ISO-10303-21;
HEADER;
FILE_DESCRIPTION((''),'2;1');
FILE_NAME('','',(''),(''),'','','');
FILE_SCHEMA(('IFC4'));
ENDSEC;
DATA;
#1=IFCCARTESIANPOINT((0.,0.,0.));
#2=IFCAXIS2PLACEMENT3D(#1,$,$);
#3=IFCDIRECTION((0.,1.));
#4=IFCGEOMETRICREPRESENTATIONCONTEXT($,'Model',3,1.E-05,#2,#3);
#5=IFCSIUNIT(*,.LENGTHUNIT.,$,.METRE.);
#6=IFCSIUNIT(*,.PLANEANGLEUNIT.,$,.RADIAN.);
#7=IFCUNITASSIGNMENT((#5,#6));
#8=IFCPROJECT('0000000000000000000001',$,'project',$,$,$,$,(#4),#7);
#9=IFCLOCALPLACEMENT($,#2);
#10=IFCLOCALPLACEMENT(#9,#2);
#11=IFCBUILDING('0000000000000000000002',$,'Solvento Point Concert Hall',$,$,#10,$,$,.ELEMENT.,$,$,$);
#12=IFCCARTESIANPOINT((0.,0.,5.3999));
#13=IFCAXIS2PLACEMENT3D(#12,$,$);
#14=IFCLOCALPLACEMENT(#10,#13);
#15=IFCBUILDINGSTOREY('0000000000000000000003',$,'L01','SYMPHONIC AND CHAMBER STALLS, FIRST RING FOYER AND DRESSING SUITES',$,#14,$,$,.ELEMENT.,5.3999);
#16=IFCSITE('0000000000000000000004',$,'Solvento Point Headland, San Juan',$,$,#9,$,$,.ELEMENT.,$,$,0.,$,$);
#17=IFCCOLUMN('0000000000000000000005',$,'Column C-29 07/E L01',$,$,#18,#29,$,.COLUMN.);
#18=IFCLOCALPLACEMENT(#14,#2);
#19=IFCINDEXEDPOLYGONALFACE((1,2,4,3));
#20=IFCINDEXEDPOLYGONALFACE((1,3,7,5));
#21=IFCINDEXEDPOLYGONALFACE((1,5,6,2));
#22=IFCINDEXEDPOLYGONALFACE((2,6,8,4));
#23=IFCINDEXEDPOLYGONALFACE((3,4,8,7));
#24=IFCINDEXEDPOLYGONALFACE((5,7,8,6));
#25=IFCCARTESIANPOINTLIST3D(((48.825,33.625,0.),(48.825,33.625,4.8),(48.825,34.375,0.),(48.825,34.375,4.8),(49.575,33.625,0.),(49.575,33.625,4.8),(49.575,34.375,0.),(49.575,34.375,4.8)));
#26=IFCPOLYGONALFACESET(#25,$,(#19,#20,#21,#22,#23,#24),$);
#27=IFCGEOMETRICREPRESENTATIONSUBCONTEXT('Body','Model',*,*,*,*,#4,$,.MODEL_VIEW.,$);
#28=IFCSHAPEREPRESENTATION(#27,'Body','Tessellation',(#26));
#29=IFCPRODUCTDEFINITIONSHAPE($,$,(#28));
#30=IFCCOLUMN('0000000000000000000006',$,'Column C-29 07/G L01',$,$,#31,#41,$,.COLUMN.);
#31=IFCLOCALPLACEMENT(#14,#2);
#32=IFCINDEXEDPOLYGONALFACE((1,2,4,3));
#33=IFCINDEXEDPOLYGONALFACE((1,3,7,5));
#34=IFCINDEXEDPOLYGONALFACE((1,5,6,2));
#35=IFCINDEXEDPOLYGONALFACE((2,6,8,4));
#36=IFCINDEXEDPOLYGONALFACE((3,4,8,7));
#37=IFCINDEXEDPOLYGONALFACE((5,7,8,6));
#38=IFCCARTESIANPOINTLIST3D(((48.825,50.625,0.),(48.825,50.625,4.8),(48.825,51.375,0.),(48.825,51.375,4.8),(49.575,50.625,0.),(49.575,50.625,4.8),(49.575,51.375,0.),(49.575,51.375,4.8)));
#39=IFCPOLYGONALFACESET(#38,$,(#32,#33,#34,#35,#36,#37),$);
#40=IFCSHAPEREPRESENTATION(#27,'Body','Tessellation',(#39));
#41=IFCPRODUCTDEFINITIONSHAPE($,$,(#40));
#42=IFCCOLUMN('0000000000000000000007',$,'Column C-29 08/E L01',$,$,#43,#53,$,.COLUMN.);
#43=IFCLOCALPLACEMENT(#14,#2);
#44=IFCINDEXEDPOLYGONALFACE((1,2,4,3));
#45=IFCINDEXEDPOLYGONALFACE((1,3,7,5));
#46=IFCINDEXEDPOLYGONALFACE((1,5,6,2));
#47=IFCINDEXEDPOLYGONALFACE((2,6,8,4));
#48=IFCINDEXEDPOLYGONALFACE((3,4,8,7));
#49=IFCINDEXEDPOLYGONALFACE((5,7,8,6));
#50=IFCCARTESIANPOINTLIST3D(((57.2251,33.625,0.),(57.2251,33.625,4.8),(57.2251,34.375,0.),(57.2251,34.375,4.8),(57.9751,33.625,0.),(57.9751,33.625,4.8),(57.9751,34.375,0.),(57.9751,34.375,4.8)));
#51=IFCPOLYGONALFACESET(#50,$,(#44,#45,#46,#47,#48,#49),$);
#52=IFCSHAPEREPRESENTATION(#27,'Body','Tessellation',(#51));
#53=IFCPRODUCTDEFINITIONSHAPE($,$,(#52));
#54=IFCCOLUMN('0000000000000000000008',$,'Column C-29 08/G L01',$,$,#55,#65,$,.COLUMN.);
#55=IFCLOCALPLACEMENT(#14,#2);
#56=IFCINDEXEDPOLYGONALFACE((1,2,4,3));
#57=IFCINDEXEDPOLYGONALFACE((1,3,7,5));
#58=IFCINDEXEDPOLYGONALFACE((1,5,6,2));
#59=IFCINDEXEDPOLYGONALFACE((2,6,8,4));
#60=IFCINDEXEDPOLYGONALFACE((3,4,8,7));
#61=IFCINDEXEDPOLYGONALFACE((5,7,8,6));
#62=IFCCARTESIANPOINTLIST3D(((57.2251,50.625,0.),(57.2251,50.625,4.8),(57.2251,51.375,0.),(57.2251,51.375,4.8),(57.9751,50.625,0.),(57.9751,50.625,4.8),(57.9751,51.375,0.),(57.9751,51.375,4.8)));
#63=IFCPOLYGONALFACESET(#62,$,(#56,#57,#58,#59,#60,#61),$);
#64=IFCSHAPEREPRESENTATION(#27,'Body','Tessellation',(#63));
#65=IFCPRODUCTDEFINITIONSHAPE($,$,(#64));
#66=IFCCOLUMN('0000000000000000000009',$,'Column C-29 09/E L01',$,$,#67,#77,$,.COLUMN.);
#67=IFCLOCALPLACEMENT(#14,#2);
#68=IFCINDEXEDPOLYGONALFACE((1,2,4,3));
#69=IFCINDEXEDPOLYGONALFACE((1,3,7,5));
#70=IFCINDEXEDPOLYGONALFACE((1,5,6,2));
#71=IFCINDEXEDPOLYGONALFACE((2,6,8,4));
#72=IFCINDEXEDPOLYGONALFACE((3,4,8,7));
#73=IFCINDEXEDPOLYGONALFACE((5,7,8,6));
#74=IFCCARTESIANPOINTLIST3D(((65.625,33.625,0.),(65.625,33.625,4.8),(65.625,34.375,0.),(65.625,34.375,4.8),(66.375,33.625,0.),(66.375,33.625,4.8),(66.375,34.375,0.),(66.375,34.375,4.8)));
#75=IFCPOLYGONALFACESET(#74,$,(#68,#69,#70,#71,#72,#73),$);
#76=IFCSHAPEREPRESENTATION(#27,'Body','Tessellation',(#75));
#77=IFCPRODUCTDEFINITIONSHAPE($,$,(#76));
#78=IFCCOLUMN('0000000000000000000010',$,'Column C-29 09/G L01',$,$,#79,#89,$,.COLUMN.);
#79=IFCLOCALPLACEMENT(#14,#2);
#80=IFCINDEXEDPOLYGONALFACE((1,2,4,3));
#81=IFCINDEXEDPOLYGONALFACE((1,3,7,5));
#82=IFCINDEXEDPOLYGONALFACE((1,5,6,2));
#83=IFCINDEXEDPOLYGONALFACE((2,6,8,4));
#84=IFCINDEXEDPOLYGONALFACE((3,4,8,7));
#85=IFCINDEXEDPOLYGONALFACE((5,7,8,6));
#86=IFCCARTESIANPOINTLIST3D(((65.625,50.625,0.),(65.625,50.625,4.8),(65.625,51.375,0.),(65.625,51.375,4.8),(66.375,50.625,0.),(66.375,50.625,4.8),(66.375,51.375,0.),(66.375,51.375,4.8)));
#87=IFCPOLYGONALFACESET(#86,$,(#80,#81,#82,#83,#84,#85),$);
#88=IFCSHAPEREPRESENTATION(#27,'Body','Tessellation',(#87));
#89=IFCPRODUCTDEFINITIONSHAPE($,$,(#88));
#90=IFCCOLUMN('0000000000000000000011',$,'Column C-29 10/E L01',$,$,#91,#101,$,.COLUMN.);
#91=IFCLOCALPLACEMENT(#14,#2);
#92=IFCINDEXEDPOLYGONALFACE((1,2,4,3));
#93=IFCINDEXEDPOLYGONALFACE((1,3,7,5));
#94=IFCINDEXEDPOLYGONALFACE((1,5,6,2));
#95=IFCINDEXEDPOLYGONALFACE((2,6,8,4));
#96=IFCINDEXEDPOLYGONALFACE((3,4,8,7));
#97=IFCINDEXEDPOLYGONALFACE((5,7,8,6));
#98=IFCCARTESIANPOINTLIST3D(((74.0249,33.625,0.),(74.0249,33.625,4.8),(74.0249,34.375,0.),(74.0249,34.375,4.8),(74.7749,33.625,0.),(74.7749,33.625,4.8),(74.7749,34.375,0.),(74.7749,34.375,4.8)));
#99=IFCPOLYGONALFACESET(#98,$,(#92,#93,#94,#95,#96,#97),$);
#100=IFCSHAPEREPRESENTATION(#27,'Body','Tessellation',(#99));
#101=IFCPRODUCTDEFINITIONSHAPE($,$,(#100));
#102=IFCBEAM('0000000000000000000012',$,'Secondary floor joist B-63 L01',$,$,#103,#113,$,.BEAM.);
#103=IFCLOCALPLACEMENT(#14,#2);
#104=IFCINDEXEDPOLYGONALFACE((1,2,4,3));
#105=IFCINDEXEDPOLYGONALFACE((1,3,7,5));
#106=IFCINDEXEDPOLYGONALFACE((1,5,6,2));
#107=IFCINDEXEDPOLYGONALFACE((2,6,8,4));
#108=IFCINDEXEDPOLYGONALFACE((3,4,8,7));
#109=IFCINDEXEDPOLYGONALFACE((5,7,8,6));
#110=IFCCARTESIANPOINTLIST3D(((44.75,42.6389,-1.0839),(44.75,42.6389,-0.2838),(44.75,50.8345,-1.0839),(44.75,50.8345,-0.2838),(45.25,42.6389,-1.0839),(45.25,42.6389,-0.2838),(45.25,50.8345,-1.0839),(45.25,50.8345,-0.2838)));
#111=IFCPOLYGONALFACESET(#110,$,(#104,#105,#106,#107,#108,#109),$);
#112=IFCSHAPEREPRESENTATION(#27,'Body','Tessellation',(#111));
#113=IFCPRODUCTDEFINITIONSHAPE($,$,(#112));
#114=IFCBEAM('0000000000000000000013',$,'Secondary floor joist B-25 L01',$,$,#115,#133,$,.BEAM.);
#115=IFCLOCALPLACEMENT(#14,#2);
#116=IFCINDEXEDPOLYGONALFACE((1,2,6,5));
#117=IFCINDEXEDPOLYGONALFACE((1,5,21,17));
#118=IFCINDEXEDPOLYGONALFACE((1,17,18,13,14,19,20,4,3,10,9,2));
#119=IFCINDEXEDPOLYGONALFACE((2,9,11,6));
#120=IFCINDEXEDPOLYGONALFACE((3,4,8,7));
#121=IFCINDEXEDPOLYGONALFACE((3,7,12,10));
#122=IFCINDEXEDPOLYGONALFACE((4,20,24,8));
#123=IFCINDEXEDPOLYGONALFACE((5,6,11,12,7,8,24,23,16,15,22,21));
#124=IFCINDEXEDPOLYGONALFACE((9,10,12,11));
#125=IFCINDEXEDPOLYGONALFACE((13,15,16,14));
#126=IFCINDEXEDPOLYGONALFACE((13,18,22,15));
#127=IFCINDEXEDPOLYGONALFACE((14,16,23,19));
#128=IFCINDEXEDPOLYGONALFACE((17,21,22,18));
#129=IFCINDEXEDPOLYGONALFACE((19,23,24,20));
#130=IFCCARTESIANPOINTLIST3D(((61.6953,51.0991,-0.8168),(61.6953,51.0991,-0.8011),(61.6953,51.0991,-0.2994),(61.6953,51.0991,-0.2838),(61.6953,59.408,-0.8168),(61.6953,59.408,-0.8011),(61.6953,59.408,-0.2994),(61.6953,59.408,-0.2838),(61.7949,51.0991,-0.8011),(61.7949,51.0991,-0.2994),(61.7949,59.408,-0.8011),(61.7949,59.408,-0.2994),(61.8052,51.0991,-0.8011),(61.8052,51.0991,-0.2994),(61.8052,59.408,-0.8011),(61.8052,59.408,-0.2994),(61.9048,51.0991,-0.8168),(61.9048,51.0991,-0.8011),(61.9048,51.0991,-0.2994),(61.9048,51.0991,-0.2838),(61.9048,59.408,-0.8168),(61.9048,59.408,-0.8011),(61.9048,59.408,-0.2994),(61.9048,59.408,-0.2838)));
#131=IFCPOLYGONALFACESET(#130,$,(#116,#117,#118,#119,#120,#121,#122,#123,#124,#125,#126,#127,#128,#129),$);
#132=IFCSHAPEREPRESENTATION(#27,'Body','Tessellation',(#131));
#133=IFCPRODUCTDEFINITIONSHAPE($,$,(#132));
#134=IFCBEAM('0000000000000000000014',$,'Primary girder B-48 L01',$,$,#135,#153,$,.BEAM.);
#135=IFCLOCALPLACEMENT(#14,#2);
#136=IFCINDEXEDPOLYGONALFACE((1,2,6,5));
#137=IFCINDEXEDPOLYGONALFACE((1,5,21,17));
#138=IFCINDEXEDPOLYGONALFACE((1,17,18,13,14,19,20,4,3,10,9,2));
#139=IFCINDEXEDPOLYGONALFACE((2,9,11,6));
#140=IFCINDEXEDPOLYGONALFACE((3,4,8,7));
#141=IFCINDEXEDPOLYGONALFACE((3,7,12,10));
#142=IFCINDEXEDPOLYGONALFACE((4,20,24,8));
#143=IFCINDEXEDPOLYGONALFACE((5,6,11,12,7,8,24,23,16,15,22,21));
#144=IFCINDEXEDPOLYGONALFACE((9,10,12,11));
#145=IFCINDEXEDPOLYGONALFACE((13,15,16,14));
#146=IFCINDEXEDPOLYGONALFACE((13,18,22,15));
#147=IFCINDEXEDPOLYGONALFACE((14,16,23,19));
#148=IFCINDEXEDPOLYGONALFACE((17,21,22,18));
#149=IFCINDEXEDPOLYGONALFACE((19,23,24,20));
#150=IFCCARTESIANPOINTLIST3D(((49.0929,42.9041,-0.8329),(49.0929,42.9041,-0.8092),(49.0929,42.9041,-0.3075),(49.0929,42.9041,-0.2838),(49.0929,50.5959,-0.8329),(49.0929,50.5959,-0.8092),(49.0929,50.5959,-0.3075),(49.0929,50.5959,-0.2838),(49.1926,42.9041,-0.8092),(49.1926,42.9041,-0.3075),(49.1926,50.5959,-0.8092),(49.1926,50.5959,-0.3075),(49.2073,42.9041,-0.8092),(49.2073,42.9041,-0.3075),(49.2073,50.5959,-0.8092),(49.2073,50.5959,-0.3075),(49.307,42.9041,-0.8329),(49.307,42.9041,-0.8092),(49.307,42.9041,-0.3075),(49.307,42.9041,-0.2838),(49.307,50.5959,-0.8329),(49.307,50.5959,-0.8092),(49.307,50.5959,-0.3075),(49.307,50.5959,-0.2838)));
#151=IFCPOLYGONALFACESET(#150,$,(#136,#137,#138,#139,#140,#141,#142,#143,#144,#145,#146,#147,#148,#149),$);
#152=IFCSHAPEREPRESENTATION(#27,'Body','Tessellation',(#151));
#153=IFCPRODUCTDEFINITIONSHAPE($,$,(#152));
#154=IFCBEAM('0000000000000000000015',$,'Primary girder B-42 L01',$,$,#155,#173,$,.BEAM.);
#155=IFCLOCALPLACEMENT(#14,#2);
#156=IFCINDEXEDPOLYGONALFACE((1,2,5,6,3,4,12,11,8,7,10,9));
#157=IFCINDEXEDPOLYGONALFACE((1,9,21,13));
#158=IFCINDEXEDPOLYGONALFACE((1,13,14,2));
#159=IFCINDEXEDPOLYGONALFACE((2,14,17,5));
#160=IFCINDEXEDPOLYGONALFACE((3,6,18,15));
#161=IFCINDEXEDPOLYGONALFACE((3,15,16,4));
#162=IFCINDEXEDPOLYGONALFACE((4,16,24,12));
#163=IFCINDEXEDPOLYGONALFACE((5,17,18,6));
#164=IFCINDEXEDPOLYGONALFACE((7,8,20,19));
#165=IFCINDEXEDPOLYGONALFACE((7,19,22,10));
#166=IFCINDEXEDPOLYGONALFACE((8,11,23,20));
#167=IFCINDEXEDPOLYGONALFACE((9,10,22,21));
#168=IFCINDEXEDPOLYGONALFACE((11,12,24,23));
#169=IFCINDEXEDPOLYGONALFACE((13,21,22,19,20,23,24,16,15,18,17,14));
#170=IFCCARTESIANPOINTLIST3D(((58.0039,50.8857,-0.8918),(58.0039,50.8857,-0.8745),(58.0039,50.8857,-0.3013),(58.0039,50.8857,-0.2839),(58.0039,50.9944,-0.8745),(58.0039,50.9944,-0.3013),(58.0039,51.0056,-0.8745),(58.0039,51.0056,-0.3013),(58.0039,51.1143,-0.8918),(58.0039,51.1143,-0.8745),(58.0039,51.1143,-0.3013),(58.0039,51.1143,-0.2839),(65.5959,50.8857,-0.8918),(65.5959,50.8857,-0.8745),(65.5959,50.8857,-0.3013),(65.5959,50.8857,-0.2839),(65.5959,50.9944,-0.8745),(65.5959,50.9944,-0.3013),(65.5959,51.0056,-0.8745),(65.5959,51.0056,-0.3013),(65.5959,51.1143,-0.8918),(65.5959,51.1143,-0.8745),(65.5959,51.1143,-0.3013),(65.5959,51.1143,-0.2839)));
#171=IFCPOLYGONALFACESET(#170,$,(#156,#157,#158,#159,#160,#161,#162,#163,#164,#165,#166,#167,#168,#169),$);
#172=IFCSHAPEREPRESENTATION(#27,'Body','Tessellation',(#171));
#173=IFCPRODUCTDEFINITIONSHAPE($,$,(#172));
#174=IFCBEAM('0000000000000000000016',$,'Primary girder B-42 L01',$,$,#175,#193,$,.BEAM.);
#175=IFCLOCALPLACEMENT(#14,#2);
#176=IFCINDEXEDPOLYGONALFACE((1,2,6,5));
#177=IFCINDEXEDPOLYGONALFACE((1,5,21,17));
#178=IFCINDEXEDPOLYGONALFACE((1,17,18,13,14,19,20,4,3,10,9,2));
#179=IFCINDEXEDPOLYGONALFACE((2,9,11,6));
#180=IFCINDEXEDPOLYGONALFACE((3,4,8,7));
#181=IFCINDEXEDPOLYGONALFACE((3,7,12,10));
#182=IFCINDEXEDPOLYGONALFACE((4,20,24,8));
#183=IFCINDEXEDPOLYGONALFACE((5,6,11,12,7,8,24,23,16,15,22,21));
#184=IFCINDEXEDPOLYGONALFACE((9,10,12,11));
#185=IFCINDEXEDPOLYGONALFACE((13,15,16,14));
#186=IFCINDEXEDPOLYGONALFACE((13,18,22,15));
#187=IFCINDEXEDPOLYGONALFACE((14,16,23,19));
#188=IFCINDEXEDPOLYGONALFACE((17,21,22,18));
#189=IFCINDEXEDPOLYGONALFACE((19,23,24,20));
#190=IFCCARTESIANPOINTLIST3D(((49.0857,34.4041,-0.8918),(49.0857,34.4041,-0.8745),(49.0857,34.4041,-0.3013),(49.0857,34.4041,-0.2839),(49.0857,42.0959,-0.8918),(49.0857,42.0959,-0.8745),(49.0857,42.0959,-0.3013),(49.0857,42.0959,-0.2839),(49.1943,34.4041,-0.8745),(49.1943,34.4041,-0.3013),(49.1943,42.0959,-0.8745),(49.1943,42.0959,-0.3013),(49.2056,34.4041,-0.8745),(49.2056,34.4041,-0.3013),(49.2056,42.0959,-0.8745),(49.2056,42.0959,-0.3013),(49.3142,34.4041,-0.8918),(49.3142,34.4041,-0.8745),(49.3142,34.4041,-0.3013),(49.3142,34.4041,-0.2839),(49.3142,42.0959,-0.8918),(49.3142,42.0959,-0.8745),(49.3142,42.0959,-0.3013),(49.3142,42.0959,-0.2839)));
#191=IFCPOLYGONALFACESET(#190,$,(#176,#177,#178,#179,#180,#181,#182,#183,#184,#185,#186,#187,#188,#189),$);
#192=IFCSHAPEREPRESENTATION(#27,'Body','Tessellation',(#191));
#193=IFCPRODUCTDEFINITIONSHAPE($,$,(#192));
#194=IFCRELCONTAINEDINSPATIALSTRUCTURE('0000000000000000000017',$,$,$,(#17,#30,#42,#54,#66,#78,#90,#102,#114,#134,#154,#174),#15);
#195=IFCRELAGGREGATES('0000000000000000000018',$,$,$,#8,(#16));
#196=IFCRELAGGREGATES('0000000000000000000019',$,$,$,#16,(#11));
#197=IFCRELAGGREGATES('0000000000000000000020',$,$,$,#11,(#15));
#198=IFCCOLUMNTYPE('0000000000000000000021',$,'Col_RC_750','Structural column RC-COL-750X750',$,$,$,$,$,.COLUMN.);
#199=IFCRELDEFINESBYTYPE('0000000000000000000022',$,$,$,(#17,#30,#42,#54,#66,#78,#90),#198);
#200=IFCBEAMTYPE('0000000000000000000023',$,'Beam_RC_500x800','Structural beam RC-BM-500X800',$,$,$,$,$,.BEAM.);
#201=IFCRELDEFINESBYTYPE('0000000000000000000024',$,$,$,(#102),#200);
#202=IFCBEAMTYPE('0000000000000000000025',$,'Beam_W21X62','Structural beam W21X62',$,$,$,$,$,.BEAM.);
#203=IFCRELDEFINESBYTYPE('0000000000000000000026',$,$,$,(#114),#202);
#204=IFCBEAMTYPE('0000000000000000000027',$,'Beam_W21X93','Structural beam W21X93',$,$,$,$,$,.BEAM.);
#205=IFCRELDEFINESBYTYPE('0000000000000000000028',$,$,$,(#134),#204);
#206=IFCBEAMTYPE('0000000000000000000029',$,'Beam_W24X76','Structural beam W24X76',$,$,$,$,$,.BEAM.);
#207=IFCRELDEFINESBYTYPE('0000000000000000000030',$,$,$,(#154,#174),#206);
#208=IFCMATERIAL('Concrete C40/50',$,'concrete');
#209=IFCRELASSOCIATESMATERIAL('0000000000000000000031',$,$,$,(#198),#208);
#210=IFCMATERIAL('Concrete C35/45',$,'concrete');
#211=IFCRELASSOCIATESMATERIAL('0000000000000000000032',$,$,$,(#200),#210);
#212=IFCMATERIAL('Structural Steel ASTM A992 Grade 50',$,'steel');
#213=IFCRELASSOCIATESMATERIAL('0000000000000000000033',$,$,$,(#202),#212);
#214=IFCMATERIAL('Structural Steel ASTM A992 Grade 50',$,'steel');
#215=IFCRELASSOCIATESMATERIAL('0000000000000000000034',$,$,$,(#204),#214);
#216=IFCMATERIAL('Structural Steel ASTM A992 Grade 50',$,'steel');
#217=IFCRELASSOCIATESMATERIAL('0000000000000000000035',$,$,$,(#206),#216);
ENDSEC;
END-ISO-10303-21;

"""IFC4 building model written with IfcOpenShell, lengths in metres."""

from ifc_helpers import new_model, si_unit, direction, frame, origin, origin_2d, place, context, subcontext, project, spatial, rectangle, i_section, extrude, material, material_profile, profile_set, type_object, element, save


model = new_model("IFC4")

# Units and contexts
model_context = context("Model", 3, precision=1e-05, world=origin(), true_north=direction((0.0, 1.0)))
body_context = subcontext(model_context, "Body", "Model", "MODEL_VIEW")
ifc_project = project(units=[si_unit("LENGTHUNIT", "METRE"), si_unit("PLANEANGLEUNIT", "RADIAN")], contexts=[model_context])

# Site, building, storey
site_placement = place(None, origin())
site = spatial("IfcSite", under=ifc_project, at=site_placement, Name="Solvento Point Headland, San Juan", CompositionType="ELEMENT", RefElevation=0.0)
building_placement = place(site_placement, origin())
building = spatial("IfcBuilding", under=site, at=building_placement, Name="Solvento Point Concert Hall", CompositionType="ELEMENT")
storey_placement = place(building_placement, frame((0.0, 0.0, 5.3999)))
storey = spatial("IfcBuildingStorey", under=building, at=storey_placement, Name="L01", Description="SYMPHONIC AND CHAMBER STALLS, FIRST RING FOYER AND DRESSING SUITES", CompositionType="ELEMENT", Elevation=5.3999)

# Columns
ifc_material_1 = material(Name="Concrete C40/50", Category="concrete")
ifc_material_profile_1 = material_profile(ifc_material_1, rectangle(XDim=0.75, YDim=0.75, at=origin_2d()), Name="RC-COL-750X750")
ifc_profile_set_1 = profile_set([ifc_material_profile_1], Name="Concrete C40/50")
column_type = type_object("IfcColumnType", Name="Col_RC_750", Description="Structural column RC-COL-750X750", PredefinedType="COLUMN", material=ifc_profile_set_1)
for number, where, z_axis, x_axis, name in (
    (1, (49.2, 34.0, 0.0), (0.0, 0.0, 1.0), (1.0, 0.0, 0.0), "Column C-29 07/E L01"),
    (2, (49.2, 51.0, 0.0), (0.0, 0.0, 1.0), (1.0, 0.0, 0.0), "Column C-29 07/G L01"),
    (3, (57.6001, 34.0, 0.0), (0.0, 0.0, 1.0), (1.0, 0.0, 0.0), "Column C-29 08/E L01"),
    (4, (57.6001, 51.0, 0.0), (0.0, 0.0, 1.0), (1.0, 0.0, 0.0), "Column C-29 08/G L01"),
    (5, (66.0, 34.0, 0.0), (0.0, 0.0, 1.0), (1.0, 0.0, 0.0), "Column C-29 09/E L01"),
    (6, (66.0, 51.0, 0.0), (0.0, 0.0, 1.0), (1.0, 0.0, 0.0), "Column C-29 09/G L01"),
    (7, (74.3999, 34.0, 0.0), (0.0, 0.0, 1.0), (1.0, 0.0, 0.0), "Column C-29 10/E L01"),
):
    element("IfcColumn", number, at=place(storey_placement, frame(where, z_axis=z_axis, x_axis=x_axis)), inside=storey, type_object=column_type, Name=name, PredefinedType="COLUMN", context=body_context, shape_type="SweptSolid", body=[
        extrude(rectangle(XDim=0.75, YDim=0.75, at=origin_2d()), origin(), (0.0, 0.0, 1.0), 4.8),
    ])

# Beams
ifc_material_2 = material(Name="Concrete C35/45", Category="concrete")
ifc_material_profile_2 = material_profile(ifc_material_2, rectangle(XDim=0.5, YDim=0.8, at=origin_2d()), Name="RC-BM-500X800")
ifc_profile_set_2 = profile_set([ifc_material_profile_2], Name="Concrete C35/45")
beam_type_1 = type_object("IfcBeamType", Name="Beam_RC_500x800", Description="Structural beam RC-BM-500X800", PredefinedType="BEAM", material=ifc_profile_set_2)
beam_1_placement = place(storey_placement, frame((45.0, 42.6389, -0.6838), z_axis=(0.0, 1.0, 0.0), x_axis=(-1.0, 0.0, 0.0)))
element("IfcBeam", 8, at=beam_1_placement, inside=storey, type_object=beam_type_1, Name="Secondary floor joist B-63 L01", PredefinedType="BEAM", context=body_context, shape_type="SweptSolid", body=[
    extrude(rectangle(XDim=0.5, YDim=0.8, at=origin_2d()), origin(), (0.0, 0.0, 1.0), 8.1956),
])
ifc_material_3 = material(Name="Structural Steel ASTM A992 Grade 50", Category="steel")
ifc_material_profile_3 = material_profile(ifc_material_3, i_section(OverallWidth=0.2095, OverallDepth=0.533, WebThickness=0.0103, FlangeThickness=0.0156, at=origin_2d()), Name="W21X62")
ifc_profile_set_3 = profile_set([ifc_material_profile_3], Name="Structural Steel ASTM A992 Grade 50")
beam_type_2 = type_object("IfcBeamType", Name="Beam_W21X62", Description="Structural beam W21X62", PredefinedType="BEAM", material=ifc_profile_set_3)
beam_2_placement = place(storey_placement, frame((61.8, 51.0991, -0.5503), z_axis=(0.0, 1.0, 0.0), x_axis=(-1.0, 0.0, 0.0)))
element("IfcBeam", 9, at=beam_2_placement, inside=storey, type_object=beam_type_2, Name="Secondary floor joist B-25 L01", PredefinedType="BEAM", context=body_context, shape_type="SweptSolid", body=[
    extrude(i_section(OverallWidth=0.2095, OverallDepth=0.533, WebThickness=0.0103, FlangeThickness=0.0156, at=origin_2d()), origin(), (0.0, 0.0, 1.0), 8.3088),
])
ifc_material_4 = material(Name="Structural Steel ASTM A992 Grade 50", Category="steel")
ifc_material_profile_4 = material_profile(ifc_material_4, i_section(OverallWidth=0.2141, OverallDepth=0.5491, WebThickness=0.0146, FlangeThickness=0.0237, at=origin_2d()), Name="W21X93")
ifc_profile_set_4 = profile_set([ifc_material_profile_4], Name="Structural Steel ASTM A992 Grade 50")
beam_type_3 = type_object("IfcBeamType", Name="Beam_W21X93", Description="Structural beam W21X93", PredefinedType="BEAM", material=ifc_profile_set_4)
beam_3_placement = place(storey_placement, frame((49.2, 42.9041, -0.5583), z_axis=(0.0, 1.0, 0.0), x_axis=(-1.0, 0.0, 0.0)))
element("IfcBeam", 10, at=beam_3_placement, inside=storey, type_object=beam_type_3, Name="Primary girder B-48 L01", PredefinedType="BEAM", context=body_context, shape_type="SweptSolid", body=[
    extrude(i_section(OverallWidth=0.2141, OverallDepth=0.5491, WebThickness=0.0146, FlangeThickness=0.0237, at=origin_2d()), origin(), (0.0, 0.0, 1.0), 7.6919),
])
ifc_material_5 = material(Name="Structural Steel ASTM A992 Grade 50", Category="steel")
ifc_material_profile_5 = material_profile(ifc_material_5, i_section(OverallWidth=0.2285, OverallDepth=0.6079, WebThickness=0.0112, FlangeThickness=0.0173, at=origin_2d()), Name="W24X76")
ifc_profile_set_5 = profile_set([ifc_material_profile_5], Name="Structural Steel ASTM A992 Grade 50")
beam_type_4 = type_object("IfcBeamType", Name="Beam_W24X76", Description="Structural beam W24X76", PredefinedType="BEAM", material=ifc_profile_set_5)
beam_4_placement = place(storey_placement, frame((58.0039, 51.0, -0.5879), z_axis=(1.0, 0.0, 0.0), x_axis=(0.0, 1.0, 0.0)))
element("IfcBeam", 11, at=beam_4_placement, inside=storey, type_object=beam_type_4, Name="Primary girder B-42 L01", PredefinedType="BEAM", context=body_context, shape_type="SweptSolid", body=[
    extrude(i_section(OverallWidth=0.2285, OverallDepth=0.6079, WebThickness=0.0112, FlangeThickness=0.0173, at=origin_2d()), origin(), (0.0, 0.0, 1.0), 7.592),
])
beam_5_placement = place(storey_placement, frame((49.2, 34.4041, -0.5879), z_axis=(0.0, 1.0, 0.0), x_axis=(-1.0, 0.0, 0.0)))
element("IfcBeam", 12, at=beam_5_placement, inside=storey, type_object=beam_type_4, Name="Primary girder B-42 L01", PredefinedType="BEAM", context=body_context, shape_type="SweptSolid", body=[
    extrude(i_section(OverallWidth=0.2285, OverallDepth=0.6079, WebThickness=0.0112, FlangeThickness=0.0173, at=origin_2d()), origin(), (0.0, 0.0, 1.0), 7.6919),
])

save(model, "model.ifc")
